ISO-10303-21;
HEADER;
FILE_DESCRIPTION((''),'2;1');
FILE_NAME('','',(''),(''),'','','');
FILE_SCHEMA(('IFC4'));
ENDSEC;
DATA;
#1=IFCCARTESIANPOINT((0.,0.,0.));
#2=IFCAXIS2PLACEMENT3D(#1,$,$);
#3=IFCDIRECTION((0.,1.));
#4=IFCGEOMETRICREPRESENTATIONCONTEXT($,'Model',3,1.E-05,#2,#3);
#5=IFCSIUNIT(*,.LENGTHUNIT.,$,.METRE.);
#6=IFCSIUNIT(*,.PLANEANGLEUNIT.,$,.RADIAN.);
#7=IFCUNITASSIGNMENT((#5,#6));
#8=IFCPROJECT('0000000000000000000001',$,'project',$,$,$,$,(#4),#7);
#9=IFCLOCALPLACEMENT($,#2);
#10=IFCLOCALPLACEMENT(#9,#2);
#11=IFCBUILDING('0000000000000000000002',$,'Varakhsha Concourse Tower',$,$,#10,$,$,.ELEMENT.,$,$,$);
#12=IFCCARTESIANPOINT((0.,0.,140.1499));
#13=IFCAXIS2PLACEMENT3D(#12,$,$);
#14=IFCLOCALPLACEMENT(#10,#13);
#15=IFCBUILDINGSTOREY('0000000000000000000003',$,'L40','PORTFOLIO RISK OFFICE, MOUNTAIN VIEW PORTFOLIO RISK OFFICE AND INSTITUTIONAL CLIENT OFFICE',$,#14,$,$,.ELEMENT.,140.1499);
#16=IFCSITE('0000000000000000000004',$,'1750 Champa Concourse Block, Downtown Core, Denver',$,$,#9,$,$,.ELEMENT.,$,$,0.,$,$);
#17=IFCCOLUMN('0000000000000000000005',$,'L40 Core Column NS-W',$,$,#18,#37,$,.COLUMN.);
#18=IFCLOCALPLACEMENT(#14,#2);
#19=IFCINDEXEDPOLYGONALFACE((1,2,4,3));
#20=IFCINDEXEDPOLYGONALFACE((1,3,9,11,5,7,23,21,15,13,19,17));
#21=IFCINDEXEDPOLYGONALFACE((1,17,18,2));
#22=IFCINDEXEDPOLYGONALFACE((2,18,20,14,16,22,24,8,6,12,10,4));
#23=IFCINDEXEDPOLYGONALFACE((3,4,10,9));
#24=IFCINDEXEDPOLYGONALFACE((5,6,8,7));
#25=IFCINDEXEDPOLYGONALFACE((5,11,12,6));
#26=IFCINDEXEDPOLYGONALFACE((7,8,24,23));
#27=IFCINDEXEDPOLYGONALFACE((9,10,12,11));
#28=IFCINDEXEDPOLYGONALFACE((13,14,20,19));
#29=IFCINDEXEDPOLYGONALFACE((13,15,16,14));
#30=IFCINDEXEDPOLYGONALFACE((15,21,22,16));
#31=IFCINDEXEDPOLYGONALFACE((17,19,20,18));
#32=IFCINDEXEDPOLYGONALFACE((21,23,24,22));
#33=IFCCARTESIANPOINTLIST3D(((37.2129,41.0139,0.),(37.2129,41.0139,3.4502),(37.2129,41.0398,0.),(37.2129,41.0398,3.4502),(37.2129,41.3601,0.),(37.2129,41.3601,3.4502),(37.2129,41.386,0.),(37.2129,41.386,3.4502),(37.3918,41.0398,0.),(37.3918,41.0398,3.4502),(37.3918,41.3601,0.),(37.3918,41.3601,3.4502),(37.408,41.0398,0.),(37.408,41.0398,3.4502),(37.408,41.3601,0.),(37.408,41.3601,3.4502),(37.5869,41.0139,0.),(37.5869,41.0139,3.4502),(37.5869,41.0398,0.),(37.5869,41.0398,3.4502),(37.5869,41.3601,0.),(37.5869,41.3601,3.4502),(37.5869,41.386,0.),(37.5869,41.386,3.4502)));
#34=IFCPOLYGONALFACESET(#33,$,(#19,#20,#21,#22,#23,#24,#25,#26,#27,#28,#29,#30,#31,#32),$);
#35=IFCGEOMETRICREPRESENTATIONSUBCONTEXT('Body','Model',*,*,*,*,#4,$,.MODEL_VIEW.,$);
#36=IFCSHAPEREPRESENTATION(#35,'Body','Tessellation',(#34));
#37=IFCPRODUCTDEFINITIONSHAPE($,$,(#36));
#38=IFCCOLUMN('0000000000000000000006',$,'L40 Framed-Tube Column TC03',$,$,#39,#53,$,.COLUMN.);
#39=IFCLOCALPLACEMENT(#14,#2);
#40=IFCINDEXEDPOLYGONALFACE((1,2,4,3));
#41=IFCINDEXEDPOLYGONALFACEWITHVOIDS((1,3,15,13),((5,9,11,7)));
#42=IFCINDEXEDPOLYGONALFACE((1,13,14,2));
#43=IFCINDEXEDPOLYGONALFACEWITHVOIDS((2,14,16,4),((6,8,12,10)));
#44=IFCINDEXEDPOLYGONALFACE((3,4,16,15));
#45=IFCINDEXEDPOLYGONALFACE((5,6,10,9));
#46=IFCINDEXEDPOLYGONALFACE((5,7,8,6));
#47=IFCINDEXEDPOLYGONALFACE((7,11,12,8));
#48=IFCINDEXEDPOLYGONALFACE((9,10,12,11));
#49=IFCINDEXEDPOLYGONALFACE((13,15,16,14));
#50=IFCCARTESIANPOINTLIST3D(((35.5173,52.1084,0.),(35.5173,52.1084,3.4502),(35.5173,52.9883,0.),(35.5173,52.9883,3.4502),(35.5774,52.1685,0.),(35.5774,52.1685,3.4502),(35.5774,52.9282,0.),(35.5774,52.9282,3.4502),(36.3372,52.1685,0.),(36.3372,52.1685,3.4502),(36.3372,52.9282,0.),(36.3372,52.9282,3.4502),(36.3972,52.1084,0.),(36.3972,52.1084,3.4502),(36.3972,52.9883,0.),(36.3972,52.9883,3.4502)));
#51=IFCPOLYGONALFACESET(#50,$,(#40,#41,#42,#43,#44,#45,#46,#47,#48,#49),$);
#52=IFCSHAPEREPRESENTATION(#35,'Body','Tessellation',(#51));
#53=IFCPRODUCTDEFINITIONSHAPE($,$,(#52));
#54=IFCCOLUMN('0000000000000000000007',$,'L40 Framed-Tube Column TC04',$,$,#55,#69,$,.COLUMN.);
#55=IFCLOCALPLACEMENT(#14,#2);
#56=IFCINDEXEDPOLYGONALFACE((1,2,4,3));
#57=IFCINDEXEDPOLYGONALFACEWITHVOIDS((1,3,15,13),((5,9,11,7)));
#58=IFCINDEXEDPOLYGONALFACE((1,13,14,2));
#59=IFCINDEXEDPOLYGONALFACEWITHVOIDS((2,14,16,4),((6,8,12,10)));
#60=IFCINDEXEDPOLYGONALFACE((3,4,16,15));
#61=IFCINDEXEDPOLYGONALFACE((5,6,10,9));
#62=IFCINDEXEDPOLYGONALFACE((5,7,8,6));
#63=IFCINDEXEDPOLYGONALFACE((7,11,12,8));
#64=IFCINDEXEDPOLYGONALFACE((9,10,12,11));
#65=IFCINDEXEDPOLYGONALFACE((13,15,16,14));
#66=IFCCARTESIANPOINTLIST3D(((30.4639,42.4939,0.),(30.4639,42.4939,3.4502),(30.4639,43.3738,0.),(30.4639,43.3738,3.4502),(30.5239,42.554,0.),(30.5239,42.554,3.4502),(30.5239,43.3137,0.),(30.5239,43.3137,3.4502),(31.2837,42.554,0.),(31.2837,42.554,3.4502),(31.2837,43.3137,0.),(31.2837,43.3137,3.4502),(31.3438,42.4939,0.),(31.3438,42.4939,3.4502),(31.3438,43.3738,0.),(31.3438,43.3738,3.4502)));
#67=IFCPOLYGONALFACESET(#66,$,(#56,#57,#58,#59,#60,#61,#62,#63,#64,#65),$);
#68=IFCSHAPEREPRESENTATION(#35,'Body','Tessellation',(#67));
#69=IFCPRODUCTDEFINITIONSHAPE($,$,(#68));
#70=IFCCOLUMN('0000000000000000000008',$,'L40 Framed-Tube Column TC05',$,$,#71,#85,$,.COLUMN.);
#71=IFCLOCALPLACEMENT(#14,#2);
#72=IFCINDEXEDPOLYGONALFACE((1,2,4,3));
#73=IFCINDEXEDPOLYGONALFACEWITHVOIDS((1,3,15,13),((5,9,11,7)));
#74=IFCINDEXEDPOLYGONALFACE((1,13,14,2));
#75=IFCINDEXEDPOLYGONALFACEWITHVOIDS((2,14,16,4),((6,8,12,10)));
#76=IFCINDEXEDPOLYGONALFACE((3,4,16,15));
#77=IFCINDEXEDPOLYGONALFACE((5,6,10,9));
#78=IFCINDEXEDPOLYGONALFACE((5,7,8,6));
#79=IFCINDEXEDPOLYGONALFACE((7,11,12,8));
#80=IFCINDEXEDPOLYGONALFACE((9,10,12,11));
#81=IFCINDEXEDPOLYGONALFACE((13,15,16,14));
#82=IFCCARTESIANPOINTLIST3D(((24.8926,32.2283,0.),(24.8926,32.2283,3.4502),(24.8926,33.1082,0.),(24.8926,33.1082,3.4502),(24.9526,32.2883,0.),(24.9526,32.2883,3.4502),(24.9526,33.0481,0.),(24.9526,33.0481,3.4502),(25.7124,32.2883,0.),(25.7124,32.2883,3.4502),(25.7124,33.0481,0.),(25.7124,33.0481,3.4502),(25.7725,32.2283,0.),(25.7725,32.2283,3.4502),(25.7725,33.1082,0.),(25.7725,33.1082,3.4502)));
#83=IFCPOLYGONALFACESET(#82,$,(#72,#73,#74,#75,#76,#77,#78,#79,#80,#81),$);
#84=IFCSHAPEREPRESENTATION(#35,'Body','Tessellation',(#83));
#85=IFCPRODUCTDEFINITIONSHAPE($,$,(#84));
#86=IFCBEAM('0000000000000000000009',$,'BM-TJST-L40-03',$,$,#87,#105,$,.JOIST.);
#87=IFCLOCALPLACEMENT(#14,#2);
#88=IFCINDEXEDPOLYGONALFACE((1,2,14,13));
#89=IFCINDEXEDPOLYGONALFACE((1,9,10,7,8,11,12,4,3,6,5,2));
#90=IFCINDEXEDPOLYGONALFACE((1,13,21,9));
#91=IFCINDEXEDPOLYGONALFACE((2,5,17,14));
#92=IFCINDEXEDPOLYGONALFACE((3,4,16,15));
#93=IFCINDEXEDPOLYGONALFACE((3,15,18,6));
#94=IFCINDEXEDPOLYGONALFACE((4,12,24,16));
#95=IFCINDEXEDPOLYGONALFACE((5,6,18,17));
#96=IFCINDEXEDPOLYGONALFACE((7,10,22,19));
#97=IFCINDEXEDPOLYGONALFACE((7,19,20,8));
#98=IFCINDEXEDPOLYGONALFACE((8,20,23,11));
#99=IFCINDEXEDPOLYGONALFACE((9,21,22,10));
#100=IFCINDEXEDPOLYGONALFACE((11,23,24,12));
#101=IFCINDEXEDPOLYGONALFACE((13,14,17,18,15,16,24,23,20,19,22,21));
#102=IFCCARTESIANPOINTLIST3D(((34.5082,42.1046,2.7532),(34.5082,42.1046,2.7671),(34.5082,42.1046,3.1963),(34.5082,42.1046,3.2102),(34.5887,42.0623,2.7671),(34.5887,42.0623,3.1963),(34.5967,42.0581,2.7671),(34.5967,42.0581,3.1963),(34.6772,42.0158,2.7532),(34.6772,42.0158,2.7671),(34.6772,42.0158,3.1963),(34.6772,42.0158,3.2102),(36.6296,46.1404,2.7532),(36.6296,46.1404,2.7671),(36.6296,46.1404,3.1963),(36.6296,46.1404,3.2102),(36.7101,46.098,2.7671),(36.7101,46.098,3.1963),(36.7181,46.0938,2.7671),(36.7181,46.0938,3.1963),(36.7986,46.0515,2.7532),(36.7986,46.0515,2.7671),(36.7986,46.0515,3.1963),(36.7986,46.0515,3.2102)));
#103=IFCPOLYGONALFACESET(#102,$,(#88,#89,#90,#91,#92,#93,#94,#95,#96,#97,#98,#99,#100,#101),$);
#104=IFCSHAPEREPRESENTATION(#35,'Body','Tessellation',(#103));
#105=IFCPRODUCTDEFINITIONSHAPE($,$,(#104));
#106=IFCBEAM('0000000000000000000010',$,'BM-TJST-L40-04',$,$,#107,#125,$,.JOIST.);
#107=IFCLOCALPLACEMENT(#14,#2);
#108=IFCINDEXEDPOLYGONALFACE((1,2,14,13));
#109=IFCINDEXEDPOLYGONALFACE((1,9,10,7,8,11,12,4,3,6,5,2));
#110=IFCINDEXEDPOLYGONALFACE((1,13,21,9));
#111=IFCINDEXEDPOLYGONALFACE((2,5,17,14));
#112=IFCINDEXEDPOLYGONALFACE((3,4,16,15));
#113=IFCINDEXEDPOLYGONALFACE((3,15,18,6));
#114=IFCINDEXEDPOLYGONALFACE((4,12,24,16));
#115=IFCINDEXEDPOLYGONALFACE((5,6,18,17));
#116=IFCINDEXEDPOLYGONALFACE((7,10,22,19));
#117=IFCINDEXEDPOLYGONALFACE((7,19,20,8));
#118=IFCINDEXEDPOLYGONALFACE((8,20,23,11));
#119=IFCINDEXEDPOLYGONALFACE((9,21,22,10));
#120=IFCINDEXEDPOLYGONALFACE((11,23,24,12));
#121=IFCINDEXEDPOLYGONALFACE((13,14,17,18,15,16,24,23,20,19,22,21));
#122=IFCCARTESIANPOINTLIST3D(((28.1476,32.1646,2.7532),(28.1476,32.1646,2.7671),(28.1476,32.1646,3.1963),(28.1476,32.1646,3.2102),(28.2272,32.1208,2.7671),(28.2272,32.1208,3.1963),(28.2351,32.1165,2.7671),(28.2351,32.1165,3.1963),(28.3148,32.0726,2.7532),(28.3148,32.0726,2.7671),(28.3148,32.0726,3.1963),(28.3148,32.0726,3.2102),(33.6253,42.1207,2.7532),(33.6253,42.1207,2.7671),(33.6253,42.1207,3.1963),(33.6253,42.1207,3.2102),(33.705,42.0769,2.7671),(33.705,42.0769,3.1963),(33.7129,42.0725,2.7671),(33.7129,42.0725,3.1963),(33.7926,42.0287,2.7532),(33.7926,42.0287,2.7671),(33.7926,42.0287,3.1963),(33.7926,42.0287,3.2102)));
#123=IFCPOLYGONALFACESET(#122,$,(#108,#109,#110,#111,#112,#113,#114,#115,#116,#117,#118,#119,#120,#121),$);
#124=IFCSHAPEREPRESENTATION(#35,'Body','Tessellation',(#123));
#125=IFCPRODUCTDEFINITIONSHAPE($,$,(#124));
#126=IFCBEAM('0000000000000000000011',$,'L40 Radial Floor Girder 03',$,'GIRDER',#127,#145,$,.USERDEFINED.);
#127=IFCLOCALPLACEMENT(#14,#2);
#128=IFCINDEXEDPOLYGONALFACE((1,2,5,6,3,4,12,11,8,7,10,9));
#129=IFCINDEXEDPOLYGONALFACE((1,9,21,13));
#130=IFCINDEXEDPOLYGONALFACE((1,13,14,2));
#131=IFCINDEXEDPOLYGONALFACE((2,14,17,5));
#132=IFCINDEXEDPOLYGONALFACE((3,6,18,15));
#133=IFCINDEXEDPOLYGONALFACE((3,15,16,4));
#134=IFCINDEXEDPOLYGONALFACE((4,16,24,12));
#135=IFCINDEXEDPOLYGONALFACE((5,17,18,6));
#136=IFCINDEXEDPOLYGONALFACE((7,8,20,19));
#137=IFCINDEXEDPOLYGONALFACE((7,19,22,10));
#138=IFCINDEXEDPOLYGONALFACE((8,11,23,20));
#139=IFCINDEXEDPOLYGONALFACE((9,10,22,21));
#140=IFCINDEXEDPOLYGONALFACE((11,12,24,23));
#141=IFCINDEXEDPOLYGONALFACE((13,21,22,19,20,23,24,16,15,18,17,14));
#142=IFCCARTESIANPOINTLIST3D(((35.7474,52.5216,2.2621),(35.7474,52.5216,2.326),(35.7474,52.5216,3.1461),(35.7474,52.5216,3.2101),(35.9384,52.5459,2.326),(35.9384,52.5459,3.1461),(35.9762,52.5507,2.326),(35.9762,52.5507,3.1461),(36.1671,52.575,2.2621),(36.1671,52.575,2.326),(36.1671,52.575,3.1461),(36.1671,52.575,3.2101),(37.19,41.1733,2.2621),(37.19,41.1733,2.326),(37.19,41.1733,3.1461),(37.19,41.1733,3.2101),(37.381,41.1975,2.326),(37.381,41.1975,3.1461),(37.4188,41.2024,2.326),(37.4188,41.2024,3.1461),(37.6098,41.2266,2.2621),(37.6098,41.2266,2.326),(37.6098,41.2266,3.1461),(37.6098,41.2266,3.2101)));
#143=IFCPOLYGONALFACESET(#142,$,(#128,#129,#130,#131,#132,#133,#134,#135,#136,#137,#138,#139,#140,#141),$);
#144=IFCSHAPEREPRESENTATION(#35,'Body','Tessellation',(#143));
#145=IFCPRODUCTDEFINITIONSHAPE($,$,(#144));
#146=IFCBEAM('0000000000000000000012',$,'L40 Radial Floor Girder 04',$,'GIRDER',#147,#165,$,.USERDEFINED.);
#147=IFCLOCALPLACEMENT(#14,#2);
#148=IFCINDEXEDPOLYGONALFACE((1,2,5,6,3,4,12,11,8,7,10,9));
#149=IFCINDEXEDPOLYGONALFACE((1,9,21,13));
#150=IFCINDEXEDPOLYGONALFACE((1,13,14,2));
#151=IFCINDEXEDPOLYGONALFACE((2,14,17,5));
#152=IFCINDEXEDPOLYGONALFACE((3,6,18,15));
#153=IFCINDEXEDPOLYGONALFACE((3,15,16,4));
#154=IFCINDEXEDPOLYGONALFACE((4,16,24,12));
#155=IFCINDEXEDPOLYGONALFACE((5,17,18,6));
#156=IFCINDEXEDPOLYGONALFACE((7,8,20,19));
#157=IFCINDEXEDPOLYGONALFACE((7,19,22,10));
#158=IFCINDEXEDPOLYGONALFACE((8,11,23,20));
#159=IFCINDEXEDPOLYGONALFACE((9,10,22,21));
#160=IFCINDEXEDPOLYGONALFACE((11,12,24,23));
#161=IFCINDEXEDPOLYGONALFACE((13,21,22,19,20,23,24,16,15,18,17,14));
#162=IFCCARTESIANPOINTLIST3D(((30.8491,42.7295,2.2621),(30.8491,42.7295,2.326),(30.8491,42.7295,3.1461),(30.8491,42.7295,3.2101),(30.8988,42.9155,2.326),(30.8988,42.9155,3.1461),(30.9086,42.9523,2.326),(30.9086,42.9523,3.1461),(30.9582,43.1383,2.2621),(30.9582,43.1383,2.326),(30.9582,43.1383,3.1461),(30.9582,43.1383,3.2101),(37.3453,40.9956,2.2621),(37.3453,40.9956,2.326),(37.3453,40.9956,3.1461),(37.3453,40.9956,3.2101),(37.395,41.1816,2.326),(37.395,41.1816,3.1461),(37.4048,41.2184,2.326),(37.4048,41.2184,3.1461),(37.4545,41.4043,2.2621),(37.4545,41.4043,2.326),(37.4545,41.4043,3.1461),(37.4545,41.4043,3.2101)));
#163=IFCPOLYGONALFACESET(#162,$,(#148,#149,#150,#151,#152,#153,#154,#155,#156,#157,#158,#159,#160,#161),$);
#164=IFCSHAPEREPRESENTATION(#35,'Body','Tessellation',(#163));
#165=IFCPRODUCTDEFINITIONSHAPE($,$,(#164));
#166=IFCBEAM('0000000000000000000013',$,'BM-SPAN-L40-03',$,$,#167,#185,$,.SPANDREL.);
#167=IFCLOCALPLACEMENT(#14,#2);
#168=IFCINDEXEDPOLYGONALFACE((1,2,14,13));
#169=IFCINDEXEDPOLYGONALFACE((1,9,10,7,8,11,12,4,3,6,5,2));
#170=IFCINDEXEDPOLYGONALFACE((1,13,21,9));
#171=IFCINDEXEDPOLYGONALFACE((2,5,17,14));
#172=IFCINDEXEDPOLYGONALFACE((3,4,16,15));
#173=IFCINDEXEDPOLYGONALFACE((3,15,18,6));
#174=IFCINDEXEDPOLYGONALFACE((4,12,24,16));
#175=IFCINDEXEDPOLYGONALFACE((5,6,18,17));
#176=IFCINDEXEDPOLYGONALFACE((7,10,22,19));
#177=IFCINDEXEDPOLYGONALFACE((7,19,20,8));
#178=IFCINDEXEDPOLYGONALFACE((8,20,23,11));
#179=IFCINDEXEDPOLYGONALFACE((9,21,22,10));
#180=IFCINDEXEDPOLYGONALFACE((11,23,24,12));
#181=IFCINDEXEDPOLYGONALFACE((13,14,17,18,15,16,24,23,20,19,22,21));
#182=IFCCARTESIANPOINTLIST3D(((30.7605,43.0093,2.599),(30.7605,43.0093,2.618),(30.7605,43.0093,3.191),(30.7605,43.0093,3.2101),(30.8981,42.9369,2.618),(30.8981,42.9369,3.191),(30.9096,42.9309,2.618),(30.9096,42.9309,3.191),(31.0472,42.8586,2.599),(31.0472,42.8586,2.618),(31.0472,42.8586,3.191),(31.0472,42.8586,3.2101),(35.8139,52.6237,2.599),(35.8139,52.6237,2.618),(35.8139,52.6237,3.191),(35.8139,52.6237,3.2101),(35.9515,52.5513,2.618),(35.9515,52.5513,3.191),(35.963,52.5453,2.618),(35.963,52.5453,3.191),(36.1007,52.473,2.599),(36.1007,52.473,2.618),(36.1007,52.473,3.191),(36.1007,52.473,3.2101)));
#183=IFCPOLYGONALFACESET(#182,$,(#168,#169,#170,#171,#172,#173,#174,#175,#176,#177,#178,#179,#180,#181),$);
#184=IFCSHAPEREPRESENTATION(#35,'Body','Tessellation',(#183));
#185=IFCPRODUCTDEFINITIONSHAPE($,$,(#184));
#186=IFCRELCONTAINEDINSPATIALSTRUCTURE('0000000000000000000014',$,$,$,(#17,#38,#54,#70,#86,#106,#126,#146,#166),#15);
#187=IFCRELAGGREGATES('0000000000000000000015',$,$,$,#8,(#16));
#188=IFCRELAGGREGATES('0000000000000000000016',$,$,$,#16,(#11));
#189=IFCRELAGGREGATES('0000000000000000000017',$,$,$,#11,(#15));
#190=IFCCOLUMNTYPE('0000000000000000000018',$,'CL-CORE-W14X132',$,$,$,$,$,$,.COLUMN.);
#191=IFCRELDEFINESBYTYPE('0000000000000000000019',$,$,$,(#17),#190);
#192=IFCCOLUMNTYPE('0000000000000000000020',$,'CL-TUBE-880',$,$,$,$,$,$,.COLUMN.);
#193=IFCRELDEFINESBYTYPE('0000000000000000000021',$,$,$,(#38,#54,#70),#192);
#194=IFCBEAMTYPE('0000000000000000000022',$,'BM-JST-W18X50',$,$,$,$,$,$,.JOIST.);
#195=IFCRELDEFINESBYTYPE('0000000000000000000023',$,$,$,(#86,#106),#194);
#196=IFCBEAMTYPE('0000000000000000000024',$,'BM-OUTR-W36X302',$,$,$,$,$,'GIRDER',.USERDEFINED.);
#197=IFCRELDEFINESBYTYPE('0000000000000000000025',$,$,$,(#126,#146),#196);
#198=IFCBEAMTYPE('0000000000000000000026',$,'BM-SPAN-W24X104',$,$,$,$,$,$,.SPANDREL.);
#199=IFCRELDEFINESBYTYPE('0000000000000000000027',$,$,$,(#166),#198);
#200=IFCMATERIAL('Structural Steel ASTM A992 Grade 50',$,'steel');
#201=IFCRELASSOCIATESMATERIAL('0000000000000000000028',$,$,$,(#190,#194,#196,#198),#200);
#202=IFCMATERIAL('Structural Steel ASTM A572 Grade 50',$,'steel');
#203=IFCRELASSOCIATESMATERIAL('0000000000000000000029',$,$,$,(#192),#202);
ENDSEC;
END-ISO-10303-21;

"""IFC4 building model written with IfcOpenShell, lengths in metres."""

from ifc_helpers import new_model, si_unit, direction, frame, origin, origin_2d, place, context, subcontext, project, spatial, hollow_rectangle, i_section, extrude, material, material_profile, profile_set, type_object, element, save


model = new_model("IFC4")

# Units and contexts
model_context = context("Model", 3, precision=1e-05, world=origin(), true_north=direction((0.0, 1.0)))
body_context = subcontext(model_context, "Body", "Model", "MODEL_VIEW")
ifc_project = project(units=[si_unit("LENGTHUNIT", "METRE"), si_unit("PLANEANGLEUNIT", "RADIAN")], contexts=[model_context])

# Site, building, storey
site_placement = place(None, origin())
site = spatial("IfcSite", under=ifc_project, at=site_placement, Name="1750 Champa Concourse Block, Downtown Core, Denver", CompositionType="ELEMENT", RefElevation=0.0)
building_placement = place(site_placement, origin())
building = spatial("IfcBuilding", under=site, at=building_placement, Name="Varakhsha Concourse Tower", CompositionType="ELEMENT")
storey_placement = place(building_placement, frame((0.0, 0.0, 140.1499)))
storey = spatial("IfcBuildingStorey", under=building, at=storey_placement, Name="L40", Description="PORTFOLIO RISK OFFICE, MOUNTAIN VIEW PORTFOLIO RISK OFFICE AND INSTITUTIONAL CLIENT OFFICE", CompositionType="ELEMENT", Elevation=140.1499)

# Columns
ifc_material_1 = material(Name="Structural Steel ASTM A992 Grade 50", Category="steel")
ifc_material_profile_1 = material_profile(ifc_material_1, i_section(OverallWidth=0.374, OverallDepth=0.3721, WebThickness=0.0161, FlangeThickness=0.0259, at=origin_2d()), Name="W14X132")
ifc_profile_set_1 = profile_set([ifc_material_profile_1], Name="Structural Steel ASTM A992 Grade 50")
column_type_1 = type_object("IfcColumnType", Name="CL-CORE-W14X132", PredefinedType="COLUMN", material=ifc_profile_set_1)
column_placement = place(storey_placement, frame((37.3999, 41.2, 0.0), z_axis=(0.0, 0.0, 1.0), x_axis=(1.0, 0.0, 0.0)))
element("IfcColumn", 1, at=column_placement, inside=storey, type_object=column_type_1, Name="L40 Core Column NS-W", PredefinedType="COLUMN", context=body_context, shape_type="SweptSolid", body=[
    extrude(i_section(OverallWidth=0.374, OverallDepth=0.3721, WebThickness=0.0161, FlangeThickness=0.0259, at=origin_2d()), origin(), (0.0, 0.0, 1.0), 3.4502),
])
ifc_material_2 = material(Name="Structural Steel ASTM A572 Grade 50", Category="steel")
ifc_material_profile_2 = material_profile(ifc_material_2, hollow_rectangle(XDim=0.8799, YDim=0.8799, WallThickness=0.0601, at=origin_2d()), Name="BOX 880x880x60")
ifc_profile_set_2 = profile_set([ifc_material_profile_2], Name="Structural Steel ASTM A572 Grade 50")
column_type_2 = type_object("IfcColumnType", Name="CL-TUBE-880", PredefinedType="COLUMN", material=ifc_profile_set_2)
for number, where, z_axis, x_axis, name in (
    (2, (35.9573, 52.5483, 0.0), (0.0, 0.0, 1.0), (1.0, 0.0, 0.0), "L40 Framed-Tube Column TC03"),
    (3, (30.9038, 42.9338, 0.0), (0.0, 0.0, 1.0), (1.0, 0.0, 0.0), "L40 Framed-Tube Column TC04"),
    (4, (25.3325, 32.6682, 0.0), (0.0, 0.0, 1.0), (1.0, 0.0, 0.0), "L40 Framed-Tube Column TC05"),
):
    element("IfcColumn", number, at=place(storey_placement, frame(where, z_axis=z_axis, x_axis=x_axis)), inside=storey, type_object=column_type_2, Name=name, PredefinedType="COLUMN", context=body_context, shape_type="SweptSolid", body=[
        extrude(hollow_rectangle(XDim=0.8799, YDim=0.8799, WallThickness=0.0601, at=origin_2d()), origin(), (0.0, 0.0, 1.0), 3.4502),
    ])

# Beams
ifc_material_profile_3 = material_profile(ifc_material_1, i_section(OverallWidth=0.1909, OverallDepth=0.457, WebThickness=0.009, FlangeThickness=0.0139, at=origin_2d()), Name="W18X50")
ifc_profile_set_3 = profile_set([ifc_material_profile_3], Name="Structural Steel ASTM A992 Grade 50")
beam_type_1 = type_object("IfcBeamType", Name="BM-JST-W18X50", PredefinedType="JOIST", material=ifc_profile_set_3)
beam_1_placement = place(storey_placement, frame((36.7141, 46.0959, 2.9817), z_axis=(-0.465285, -0.885161, 0.0), x_axis=(0.885161, -0.465285, 0.0)))
element("IfcBeam", 5, at=beam_1_placement, inside=storey, type_object=beam_type_1, Name="BM-TJST-L40-03", PredefinedType="JOIST", context=body_context, shape_type="SweptSolid", body=[
    extrude(i_section(OverallWidth=0.1909, OverallDepth=0.457, WebThickness=0.009, FlangeThickness=0.0139, at=origin_2d()), origin(), (0.0, 0.0, 1.0), 4.5593),
])
beam_2_placement = place(storey_placement, frame((33.709, 42.0747, 2.9817), z_axis=(-0.482051, -0.876143, 0.0), x_axis=(0.876143, -0.482051, 0.0)))
element("IfcBeam", 6, at=beam_2_placement, inside=storey, type_object=beam_type_1, Name="BM-TJST-L40-04", PredefinedType="JOIST", context=body_context, shape_type="SweptSolid", body=[
    extrude(i_section(OverallWidth=0.1909, OverallDepth=0.457, WebThickness=0.009, FlangeThickness=0.0139, at=origin_2d()), origin(), (0.0, 0.0, 1.0), 11.3635),
])
ifc_material_profile_4 = material_profile(ifc_material_1, i_section(OverallWidth=0.4231, OverallDepth=0.948, WebThickness=0.0381, FlangeThickness=0.064, at=origin_2d()), Name="W36X302")
ifc_profile_set_4 = profile_set([ifc_material_profile_4], Name="Structural Steel ASTM A992 Grade 50")
beam_type_2 = type_object("IfcBeamType", Name="BM-OUTR-W36X302", ElementType="GIRDER", PredefinedType="USERDEFINED", material=ifc_profile_set_4)
beam_3_placement = place(storey_placement, frame((37.3999, 41.2, 2.7361), z_axis=(-0.126107, 0.992017, 0.0), x_axis=(-0.992017, -0.126107, 0.0)))
element("IfcBeam", 7, at=beam_3_placement, inside=storey, type_object=beam_type_2, Name="L40 Radial Floor Girder 03", ObjectType="GIRDER", PredefinedType="USERDEFINED", context=body_context, shape_type="SweptSolid", body=[
    extrude(i_section(OverallWidth=0.4231, OverallDepth=0.948, WebThickness=0.0381, FlangeThickness=0.064, at=origin_2d()), origin(), (0.0, 0.0, 1.0), 11.4397),
])
beam_4_placement = place(storey_placement, frame((37.3999, 41.2, 2.7361), z_axis=(-0.966176, 0.257884, 0.0), x_axis=(-0.257884, -0.966176, 0.0)))
element("IfcBeam", 8, at=beam_4_placement, inside=storey, type_object=beam_type_2, Name="L40 Radial Floor Girder 04", ObjectType="GIRDER", PredefinedType="USERDEFINED", context=body_context, shape_type="SweptSolid", body=[
    extrude(i_section(OverallWidth=0.4231, OverallDepth=0.948, WebThickness=0.0381, FlangeThickness=0.064, at=origin_2d()), origin(), (0.0, 0.0, 1.0), 6.7236),
])
ifc_material_profile_5 = material_profile(ifc_material_1, i_section(OverallWidth=0.324, OverallDepth=0.6111, WebThickness=0.0129, FlangeThickness=0.019, at=origin_2d()), Name="W24X104")
ifc_profile_set_5 = profile_set([ifc_material_profile_5], Name="Structural Steel ASTM A992 Grade 50")
beam_type_3 = type_object("IfcBeamType", Name="BM-SPAN-W24X104", PredefinedType="SPANDREL", material=ifc_profile_set_5)
beam_5_placement = place(storey_placement, frame((35.9573, 52.5483, 2.9045), z_axis=(-0.465256, -0.885176, 0.0), x_axis=(0.885176, -0.465256, 0.0)))
element("IfcBeam", 9, at=beam_5_placement, inside=storey, type_object=beam_type_3, Name="BM-SPAN-L40-03", PredefinedType="SPANDREL", context=body_context, shape_type="SweptSolid", body=[
    extrude(i_section(OverallWidth=0.324, OverallDepth=0.6111, WebThickness=0.0129, FlangeThickness=0.019, at=origin_2d()), origin(), (0.0, 0.0, 1.0), 10.8616),
])

save(model, "model.ifc")
